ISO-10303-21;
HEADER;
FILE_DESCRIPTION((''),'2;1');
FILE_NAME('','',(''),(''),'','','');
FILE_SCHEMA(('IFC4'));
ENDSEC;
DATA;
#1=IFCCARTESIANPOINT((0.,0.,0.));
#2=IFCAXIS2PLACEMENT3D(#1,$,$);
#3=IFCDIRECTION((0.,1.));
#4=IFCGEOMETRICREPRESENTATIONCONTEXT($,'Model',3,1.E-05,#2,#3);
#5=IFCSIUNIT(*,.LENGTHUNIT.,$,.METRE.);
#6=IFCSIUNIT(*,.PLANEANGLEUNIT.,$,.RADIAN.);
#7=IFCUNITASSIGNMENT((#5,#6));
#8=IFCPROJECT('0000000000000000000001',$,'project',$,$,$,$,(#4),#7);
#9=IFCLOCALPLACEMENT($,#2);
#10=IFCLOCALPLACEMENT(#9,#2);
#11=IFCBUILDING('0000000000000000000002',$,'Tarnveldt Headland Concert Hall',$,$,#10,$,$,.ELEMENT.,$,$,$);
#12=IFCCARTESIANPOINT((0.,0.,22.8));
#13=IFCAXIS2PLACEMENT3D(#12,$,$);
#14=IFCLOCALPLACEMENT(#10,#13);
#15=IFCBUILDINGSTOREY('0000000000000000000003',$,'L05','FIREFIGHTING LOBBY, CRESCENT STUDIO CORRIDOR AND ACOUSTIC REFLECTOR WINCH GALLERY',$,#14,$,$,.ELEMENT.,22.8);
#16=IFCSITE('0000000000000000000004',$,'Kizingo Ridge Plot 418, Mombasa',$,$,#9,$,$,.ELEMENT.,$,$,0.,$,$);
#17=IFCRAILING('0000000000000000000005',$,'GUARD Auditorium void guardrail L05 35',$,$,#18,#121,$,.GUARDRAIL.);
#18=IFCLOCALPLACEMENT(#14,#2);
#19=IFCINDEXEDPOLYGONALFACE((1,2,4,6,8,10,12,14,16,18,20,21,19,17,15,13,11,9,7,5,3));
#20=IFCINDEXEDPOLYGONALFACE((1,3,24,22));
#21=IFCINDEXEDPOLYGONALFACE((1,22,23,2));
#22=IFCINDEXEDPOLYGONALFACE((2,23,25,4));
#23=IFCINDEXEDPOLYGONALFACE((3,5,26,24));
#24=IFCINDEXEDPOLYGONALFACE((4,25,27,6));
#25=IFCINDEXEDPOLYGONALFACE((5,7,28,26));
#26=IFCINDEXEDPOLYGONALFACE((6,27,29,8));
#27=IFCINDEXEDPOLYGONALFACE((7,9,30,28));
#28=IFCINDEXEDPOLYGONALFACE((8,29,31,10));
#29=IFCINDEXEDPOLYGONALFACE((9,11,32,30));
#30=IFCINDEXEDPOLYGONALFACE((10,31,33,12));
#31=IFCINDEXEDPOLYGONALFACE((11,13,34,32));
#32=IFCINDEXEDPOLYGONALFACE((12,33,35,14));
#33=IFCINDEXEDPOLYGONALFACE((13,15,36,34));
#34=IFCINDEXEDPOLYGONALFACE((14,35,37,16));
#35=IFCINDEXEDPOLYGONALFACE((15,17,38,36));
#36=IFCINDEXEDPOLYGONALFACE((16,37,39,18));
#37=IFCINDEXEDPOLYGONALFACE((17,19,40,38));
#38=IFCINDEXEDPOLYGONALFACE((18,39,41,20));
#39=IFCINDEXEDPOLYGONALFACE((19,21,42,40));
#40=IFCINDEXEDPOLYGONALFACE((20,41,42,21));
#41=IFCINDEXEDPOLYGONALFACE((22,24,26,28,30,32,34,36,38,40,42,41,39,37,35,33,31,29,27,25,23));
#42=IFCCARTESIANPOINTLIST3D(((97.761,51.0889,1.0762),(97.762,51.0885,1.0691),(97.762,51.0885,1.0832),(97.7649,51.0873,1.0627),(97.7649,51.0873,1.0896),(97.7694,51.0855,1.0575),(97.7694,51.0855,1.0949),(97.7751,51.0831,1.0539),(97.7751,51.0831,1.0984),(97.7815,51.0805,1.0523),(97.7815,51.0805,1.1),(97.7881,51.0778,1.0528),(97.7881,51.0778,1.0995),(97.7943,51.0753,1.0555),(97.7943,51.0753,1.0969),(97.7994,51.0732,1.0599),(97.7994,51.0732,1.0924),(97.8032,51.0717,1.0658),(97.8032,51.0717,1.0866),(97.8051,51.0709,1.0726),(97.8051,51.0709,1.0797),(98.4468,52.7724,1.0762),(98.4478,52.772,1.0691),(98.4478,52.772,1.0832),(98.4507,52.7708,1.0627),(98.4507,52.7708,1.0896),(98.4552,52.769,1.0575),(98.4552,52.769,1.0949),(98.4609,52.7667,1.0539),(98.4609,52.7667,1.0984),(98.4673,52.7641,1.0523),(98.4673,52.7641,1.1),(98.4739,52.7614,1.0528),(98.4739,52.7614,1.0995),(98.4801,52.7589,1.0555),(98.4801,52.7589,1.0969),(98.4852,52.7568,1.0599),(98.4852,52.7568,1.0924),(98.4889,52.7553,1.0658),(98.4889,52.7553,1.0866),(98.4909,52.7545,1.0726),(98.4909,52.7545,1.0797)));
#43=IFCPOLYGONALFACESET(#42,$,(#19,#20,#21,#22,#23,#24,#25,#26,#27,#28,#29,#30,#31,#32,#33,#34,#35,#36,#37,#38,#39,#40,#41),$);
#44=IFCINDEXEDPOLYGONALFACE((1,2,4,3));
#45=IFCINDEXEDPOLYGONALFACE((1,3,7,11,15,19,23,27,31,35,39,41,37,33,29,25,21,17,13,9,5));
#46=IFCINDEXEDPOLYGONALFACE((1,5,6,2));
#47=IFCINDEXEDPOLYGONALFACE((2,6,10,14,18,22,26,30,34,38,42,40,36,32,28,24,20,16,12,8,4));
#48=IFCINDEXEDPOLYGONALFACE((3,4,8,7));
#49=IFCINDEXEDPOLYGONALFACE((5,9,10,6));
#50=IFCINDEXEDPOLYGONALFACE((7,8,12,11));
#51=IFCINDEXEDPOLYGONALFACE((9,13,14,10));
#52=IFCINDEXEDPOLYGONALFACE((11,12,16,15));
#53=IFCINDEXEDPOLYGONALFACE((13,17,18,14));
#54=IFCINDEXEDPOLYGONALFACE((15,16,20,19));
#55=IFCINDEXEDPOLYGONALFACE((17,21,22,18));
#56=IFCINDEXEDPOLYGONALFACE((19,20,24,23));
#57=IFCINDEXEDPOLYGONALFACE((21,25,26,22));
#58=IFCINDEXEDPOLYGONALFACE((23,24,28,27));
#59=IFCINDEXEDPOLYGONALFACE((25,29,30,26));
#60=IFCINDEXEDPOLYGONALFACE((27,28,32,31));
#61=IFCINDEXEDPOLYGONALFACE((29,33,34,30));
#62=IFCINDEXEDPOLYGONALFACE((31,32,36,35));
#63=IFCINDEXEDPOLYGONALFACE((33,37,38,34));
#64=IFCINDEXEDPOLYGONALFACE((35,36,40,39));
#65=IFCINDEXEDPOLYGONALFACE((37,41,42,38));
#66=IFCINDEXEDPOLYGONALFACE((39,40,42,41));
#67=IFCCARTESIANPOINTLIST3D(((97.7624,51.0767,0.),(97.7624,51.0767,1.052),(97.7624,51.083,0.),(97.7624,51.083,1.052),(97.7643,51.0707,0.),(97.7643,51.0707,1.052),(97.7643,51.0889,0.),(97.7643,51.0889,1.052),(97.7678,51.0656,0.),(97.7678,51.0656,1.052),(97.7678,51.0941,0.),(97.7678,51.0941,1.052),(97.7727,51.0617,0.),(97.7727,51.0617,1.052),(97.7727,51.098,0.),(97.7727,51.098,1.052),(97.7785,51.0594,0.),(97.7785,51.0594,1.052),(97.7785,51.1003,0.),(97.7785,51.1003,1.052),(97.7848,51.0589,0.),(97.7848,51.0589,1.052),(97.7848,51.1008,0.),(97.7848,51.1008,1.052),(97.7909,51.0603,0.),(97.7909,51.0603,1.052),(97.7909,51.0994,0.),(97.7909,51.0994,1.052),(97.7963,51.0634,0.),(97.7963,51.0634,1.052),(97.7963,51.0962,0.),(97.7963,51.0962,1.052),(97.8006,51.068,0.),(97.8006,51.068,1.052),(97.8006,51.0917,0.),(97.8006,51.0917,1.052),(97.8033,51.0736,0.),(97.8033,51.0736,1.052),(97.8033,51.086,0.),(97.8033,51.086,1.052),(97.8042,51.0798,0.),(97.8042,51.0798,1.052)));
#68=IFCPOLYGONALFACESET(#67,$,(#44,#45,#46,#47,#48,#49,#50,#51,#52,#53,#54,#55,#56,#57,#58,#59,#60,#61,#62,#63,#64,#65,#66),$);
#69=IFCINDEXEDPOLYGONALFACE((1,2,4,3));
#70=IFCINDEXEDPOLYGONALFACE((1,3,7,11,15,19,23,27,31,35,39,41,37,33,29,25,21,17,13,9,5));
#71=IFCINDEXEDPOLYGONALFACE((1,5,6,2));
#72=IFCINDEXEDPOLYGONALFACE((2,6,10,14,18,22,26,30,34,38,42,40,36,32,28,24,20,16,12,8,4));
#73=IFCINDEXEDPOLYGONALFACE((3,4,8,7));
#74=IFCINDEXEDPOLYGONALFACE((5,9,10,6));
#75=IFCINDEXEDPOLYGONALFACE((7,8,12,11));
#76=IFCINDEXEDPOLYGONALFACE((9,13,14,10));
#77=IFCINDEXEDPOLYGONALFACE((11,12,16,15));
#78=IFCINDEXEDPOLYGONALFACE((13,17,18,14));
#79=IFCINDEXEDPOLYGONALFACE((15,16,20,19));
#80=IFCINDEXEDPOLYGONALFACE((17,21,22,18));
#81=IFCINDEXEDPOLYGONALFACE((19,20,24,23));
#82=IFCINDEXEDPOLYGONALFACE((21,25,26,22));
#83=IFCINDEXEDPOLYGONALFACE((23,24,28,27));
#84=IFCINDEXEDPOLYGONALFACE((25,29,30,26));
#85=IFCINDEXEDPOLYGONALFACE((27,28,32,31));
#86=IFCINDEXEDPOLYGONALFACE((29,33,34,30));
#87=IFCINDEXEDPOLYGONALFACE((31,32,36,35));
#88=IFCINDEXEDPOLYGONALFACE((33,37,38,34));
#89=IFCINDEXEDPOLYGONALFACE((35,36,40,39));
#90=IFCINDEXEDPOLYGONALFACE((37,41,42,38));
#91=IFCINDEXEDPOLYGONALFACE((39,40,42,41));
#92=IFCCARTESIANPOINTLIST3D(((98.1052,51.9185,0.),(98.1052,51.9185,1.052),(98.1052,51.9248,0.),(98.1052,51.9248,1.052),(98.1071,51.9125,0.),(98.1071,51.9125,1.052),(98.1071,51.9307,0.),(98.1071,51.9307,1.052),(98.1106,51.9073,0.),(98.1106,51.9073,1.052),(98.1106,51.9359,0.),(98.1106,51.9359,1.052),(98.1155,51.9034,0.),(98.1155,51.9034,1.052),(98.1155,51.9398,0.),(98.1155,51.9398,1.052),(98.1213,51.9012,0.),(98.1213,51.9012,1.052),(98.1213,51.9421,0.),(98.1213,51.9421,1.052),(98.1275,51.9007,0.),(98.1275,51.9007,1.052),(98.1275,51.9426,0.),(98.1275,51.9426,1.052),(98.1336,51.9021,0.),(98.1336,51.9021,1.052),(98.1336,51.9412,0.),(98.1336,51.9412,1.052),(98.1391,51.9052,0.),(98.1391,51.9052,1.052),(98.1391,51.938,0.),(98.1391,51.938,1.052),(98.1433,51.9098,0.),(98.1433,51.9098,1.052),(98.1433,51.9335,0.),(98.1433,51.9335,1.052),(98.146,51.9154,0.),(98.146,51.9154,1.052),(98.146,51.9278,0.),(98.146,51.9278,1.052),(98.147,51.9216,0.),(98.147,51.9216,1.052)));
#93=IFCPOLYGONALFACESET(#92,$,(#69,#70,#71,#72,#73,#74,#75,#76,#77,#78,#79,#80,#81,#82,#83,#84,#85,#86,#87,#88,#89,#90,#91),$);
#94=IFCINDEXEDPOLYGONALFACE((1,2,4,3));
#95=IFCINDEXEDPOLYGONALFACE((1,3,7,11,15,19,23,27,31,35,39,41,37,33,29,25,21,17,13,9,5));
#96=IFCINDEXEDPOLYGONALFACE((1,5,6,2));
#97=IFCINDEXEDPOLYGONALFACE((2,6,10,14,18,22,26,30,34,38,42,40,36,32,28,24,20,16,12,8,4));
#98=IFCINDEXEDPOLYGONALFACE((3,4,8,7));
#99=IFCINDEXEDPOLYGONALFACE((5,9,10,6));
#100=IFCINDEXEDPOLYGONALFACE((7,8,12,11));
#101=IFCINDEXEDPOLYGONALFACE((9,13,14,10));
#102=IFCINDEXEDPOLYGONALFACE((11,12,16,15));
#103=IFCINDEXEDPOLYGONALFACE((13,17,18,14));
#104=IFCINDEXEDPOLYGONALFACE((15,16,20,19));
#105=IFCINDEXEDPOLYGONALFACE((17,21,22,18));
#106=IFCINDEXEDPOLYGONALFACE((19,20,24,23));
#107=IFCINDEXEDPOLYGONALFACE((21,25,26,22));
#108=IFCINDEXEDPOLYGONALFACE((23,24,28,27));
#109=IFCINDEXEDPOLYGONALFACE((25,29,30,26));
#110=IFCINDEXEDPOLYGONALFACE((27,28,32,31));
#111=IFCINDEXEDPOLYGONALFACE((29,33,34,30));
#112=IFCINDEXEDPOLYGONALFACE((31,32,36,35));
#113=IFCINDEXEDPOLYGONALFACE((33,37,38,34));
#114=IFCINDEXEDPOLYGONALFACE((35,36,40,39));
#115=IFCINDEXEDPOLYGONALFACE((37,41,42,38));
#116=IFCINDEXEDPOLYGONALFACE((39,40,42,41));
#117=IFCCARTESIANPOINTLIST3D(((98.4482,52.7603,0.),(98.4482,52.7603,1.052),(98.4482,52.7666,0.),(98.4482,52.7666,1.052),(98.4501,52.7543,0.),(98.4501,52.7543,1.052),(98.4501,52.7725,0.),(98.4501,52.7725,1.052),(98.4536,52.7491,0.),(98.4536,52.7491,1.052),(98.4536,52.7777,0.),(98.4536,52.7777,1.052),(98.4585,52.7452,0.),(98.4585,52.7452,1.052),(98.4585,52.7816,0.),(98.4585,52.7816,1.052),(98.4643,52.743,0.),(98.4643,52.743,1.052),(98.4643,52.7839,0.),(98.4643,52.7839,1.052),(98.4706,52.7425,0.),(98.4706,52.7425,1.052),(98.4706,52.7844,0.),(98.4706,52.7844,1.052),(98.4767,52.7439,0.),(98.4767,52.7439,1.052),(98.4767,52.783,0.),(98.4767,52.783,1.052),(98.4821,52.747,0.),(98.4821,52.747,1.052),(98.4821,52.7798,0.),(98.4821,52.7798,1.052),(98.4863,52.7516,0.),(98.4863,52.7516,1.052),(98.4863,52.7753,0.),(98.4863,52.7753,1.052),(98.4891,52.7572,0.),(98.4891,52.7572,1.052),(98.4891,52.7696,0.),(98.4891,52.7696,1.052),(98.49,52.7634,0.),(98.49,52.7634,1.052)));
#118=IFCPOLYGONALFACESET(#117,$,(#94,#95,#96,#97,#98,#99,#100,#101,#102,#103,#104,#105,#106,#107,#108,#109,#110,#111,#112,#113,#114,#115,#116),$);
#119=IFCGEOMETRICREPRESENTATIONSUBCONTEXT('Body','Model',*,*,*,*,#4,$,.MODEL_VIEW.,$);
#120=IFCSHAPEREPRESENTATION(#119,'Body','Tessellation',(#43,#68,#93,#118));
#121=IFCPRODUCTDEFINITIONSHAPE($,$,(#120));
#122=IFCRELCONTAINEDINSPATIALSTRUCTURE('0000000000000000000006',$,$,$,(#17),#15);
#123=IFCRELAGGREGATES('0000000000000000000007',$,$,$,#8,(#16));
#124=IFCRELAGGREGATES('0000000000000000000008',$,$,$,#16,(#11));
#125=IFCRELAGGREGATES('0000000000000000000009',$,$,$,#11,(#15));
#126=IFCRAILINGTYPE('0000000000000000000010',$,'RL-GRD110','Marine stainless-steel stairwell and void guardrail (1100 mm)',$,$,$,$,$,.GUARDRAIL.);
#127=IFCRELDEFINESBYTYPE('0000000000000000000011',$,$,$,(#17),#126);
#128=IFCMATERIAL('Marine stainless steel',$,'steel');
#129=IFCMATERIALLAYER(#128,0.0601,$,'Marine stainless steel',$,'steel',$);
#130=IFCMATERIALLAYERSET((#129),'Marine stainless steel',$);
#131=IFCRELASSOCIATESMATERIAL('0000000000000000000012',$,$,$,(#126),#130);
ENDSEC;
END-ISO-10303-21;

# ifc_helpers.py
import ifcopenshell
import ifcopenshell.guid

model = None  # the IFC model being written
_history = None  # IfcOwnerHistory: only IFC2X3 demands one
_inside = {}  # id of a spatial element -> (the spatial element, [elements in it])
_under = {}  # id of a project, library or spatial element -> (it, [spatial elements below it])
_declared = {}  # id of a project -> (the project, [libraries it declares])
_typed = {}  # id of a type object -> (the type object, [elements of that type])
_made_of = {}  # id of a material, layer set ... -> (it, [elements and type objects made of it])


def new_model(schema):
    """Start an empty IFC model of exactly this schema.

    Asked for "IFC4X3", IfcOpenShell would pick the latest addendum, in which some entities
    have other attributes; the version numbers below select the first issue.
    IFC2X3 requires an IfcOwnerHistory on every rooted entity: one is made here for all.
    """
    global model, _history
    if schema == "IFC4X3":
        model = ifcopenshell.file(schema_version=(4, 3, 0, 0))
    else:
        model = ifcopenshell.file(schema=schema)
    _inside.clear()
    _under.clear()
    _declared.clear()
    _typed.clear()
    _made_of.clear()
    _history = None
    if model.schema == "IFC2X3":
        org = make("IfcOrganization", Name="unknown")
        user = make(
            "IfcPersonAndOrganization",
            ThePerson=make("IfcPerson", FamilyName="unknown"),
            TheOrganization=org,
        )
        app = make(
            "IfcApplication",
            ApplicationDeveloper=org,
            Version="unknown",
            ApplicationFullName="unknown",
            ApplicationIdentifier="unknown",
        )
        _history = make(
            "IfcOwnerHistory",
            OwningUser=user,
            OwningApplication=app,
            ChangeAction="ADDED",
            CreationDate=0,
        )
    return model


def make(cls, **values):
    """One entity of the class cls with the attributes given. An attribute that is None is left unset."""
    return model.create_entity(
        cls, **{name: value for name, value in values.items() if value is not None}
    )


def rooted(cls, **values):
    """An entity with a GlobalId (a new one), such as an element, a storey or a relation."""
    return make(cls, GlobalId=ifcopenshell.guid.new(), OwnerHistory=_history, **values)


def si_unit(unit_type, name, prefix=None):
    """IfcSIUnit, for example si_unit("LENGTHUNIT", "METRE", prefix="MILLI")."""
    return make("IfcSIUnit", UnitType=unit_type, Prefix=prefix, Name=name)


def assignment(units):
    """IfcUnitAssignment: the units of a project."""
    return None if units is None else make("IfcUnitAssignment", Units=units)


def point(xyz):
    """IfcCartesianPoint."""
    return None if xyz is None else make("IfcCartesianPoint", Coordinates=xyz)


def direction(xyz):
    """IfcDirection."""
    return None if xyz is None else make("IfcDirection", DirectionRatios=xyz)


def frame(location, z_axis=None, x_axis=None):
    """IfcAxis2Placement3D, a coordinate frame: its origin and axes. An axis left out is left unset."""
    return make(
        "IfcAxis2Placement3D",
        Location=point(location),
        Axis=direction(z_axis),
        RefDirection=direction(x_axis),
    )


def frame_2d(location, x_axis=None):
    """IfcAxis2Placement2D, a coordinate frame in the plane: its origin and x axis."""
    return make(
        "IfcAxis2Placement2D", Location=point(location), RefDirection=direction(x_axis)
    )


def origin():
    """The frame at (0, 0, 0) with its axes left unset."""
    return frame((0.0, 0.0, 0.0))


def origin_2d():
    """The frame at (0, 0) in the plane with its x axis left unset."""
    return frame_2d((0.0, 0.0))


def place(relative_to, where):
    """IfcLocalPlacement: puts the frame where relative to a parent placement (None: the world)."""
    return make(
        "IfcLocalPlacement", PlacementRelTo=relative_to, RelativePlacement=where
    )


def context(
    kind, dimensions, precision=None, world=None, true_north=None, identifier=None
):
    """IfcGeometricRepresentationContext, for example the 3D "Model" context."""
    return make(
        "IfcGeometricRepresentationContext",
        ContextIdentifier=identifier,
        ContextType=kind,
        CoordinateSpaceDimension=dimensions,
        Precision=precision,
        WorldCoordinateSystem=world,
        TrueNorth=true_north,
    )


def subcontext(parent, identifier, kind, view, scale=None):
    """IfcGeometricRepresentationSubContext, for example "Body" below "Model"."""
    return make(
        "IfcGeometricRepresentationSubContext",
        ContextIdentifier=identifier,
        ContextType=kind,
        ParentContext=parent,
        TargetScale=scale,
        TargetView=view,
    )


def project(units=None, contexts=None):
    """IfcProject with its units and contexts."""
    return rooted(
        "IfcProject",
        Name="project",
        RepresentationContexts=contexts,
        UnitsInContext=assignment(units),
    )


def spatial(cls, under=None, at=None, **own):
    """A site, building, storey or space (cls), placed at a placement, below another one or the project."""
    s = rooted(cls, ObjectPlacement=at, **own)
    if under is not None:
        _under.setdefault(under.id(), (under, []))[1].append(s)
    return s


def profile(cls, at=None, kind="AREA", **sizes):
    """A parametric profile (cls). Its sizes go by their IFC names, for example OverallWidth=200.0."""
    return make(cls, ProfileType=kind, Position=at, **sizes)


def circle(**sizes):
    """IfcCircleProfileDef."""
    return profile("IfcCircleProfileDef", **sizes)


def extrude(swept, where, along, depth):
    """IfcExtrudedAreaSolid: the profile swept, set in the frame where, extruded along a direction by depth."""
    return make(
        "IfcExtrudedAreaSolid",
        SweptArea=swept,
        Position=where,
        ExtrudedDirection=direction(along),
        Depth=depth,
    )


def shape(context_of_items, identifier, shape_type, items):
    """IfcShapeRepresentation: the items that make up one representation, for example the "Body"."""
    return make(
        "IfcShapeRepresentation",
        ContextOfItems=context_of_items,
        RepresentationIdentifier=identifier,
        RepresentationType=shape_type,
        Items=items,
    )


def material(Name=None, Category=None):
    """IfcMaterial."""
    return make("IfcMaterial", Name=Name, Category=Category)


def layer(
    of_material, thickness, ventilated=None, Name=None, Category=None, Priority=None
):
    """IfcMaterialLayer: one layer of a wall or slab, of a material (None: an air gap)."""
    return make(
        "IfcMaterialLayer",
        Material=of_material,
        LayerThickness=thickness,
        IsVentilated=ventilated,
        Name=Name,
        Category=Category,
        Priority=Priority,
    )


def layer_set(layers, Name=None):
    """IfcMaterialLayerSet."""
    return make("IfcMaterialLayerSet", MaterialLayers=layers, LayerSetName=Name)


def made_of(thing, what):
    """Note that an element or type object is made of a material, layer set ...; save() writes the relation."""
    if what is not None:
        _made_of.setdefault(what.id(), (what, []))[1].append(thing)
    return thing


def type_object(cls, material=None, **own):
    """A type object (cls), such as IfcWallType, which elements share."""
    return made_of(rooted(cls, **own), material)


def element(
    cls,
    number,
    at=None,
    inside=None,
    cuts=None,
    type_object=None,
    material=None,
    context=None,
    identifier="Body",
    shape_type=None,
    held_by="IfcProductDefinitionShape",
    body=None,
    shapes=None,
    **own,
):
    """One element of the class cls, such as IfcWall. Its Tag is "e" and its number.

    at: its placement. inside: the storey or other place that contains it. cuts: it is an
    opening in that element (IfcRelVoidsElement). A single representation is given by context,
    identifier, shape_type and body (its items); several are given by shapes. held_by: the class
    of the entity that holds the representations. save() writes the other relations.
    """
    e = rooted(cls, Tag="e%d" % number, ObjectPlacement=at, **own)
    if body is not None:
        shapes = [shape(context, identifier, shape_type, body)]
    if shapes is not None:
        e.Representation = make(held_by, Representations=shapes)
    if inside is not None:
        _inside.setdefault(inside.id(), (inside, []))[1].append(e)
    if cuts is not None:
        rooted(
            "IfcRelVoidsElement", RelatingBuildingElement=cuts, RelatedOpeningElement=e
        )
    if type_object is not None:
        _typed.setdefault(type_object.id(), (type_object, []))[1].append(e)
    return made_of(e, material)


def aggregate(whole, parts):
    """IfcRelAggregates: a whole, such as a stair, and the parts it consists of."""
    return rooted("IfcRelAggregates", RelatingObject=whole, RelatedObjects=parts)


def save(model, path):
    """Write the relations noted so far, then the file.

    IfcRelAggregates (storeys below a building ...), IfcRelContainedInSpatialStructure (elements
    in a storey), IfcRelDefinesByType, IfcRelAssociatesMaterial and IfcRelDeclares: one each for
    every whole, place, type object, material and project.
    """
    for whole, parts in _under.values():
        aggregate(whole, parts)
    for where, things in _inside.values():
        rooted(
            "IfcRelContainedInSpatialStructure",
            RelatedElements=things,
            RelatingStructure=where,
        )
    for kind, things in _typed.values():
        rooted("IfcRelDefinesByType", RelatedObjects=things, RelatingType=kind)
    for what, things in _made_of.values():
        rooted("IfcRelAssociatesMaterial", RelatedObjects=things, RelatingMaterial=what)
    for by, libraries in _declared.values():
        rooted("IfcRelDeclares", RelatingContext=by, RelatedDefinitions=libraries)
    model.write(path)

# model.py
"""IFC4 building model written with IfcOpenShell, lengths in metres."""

from ifc_helpers import new_model, si_unit, direction, frame, origin, origin_2d, place, context, subcontext, project, spatial, circle, extrude, material, layer, layer_set, type_object, element, save


model = new_model("IFC4")

# Units and contexts
model_context = context("Model", 3, precision=1e-05, world=origin(), true_north=direction((0.0, 1.0)))
body_context = subcontext(model_context, "Body", "Model", "MODEL_VIEW")
ifc_project = project(units=[si_unit("LENGTHUNIT", "METRE"), si_unit("PLANEANGLEUNIT", "RADIAN")], contexts=[model_context])

# Site, building, storey
site_placement = place(None, origin())
site = spatial("IfcSite", under=ifc_project, at=site_placement, Name="Kizingo Ridge Plot 418, Mombasa", CompositionType="ELEMENT", RefElevation=0.0)
building_placement = place(site_placement, origin())
building = spatial("IfcBuilding", under=site, at=building_placement, Name="Tarnveldt Headland Concert Hall", CompositionType="ELEMENT")
storey_placement = place(building_placement, frame((0.0, 0.0, 22.8)))
storey = spatial("IfcBuildingStorey", under=building, at=storey_placement, Name="L05", Description="FIREFIGHTING LOBBY, CRESCENT STUDIO CORRIDOR AND ACOUSTIC REFLECTOR WINCH GALLERY", CompositionType="ELEMENT", Elevation=22.8)

# Railing
ifc_material_1 = material(Name="Marine stainless steel", Category="steel")
ifc_layer_1 = layer(ifc_material_1, 0.0601, Name="Marine stainless steel", Category="steel")
ifc_layer_set_1 = layer_set([ifc_layer_1], Name="Marine stainless steel")
railing_type = type_object("IfcRailingType", Name="RL-GRD110", Description="Marine stainless-steel stairwell and void guardrail (1100 mm)", PredefinedType="GUARDRAIL", material=ifc_layer_set_1)
railing_1_placement = place(storey_placement, frame((97.7832, 51.0798, 0.0)))
element("IfcRailing", 1, at=railing_1_placement, inside=storey, type_object=railing_type, Name="GUARD Auditorium void guardrail L05 35", PredefinedType="GUARDRAIL", context=body_context, shape_type="SweptSolid", body=[
    extrude(circle(Radius=0.0239, at=origin_2d()), frame((0.0, 0.0, 1.0762), z_axis=(0.377241, 0.926115, 0.0), x_axis=(-0.926115, 0.377241, 0.0)), (0.0, 0.0, 1.0), 1.8179),
    extrude(circle(Radius=0.021, at=origin_2d()), origin(), (0.0, 0.0, 1.0), 1.052),
    extrude(circle(Radius=0.021, at=origin_2d()), frame((0.3428, 0.8418, 0.0)), (0.0, 0.0, 1.0), 1.052),
    extrude(circle(Radius=0.021, at=origin_2d()), frame((0.6858, 1.6836, 0.0)), (0.0, 0.0, 1.0), 1.052),
])

save(model, "model.ifc")
